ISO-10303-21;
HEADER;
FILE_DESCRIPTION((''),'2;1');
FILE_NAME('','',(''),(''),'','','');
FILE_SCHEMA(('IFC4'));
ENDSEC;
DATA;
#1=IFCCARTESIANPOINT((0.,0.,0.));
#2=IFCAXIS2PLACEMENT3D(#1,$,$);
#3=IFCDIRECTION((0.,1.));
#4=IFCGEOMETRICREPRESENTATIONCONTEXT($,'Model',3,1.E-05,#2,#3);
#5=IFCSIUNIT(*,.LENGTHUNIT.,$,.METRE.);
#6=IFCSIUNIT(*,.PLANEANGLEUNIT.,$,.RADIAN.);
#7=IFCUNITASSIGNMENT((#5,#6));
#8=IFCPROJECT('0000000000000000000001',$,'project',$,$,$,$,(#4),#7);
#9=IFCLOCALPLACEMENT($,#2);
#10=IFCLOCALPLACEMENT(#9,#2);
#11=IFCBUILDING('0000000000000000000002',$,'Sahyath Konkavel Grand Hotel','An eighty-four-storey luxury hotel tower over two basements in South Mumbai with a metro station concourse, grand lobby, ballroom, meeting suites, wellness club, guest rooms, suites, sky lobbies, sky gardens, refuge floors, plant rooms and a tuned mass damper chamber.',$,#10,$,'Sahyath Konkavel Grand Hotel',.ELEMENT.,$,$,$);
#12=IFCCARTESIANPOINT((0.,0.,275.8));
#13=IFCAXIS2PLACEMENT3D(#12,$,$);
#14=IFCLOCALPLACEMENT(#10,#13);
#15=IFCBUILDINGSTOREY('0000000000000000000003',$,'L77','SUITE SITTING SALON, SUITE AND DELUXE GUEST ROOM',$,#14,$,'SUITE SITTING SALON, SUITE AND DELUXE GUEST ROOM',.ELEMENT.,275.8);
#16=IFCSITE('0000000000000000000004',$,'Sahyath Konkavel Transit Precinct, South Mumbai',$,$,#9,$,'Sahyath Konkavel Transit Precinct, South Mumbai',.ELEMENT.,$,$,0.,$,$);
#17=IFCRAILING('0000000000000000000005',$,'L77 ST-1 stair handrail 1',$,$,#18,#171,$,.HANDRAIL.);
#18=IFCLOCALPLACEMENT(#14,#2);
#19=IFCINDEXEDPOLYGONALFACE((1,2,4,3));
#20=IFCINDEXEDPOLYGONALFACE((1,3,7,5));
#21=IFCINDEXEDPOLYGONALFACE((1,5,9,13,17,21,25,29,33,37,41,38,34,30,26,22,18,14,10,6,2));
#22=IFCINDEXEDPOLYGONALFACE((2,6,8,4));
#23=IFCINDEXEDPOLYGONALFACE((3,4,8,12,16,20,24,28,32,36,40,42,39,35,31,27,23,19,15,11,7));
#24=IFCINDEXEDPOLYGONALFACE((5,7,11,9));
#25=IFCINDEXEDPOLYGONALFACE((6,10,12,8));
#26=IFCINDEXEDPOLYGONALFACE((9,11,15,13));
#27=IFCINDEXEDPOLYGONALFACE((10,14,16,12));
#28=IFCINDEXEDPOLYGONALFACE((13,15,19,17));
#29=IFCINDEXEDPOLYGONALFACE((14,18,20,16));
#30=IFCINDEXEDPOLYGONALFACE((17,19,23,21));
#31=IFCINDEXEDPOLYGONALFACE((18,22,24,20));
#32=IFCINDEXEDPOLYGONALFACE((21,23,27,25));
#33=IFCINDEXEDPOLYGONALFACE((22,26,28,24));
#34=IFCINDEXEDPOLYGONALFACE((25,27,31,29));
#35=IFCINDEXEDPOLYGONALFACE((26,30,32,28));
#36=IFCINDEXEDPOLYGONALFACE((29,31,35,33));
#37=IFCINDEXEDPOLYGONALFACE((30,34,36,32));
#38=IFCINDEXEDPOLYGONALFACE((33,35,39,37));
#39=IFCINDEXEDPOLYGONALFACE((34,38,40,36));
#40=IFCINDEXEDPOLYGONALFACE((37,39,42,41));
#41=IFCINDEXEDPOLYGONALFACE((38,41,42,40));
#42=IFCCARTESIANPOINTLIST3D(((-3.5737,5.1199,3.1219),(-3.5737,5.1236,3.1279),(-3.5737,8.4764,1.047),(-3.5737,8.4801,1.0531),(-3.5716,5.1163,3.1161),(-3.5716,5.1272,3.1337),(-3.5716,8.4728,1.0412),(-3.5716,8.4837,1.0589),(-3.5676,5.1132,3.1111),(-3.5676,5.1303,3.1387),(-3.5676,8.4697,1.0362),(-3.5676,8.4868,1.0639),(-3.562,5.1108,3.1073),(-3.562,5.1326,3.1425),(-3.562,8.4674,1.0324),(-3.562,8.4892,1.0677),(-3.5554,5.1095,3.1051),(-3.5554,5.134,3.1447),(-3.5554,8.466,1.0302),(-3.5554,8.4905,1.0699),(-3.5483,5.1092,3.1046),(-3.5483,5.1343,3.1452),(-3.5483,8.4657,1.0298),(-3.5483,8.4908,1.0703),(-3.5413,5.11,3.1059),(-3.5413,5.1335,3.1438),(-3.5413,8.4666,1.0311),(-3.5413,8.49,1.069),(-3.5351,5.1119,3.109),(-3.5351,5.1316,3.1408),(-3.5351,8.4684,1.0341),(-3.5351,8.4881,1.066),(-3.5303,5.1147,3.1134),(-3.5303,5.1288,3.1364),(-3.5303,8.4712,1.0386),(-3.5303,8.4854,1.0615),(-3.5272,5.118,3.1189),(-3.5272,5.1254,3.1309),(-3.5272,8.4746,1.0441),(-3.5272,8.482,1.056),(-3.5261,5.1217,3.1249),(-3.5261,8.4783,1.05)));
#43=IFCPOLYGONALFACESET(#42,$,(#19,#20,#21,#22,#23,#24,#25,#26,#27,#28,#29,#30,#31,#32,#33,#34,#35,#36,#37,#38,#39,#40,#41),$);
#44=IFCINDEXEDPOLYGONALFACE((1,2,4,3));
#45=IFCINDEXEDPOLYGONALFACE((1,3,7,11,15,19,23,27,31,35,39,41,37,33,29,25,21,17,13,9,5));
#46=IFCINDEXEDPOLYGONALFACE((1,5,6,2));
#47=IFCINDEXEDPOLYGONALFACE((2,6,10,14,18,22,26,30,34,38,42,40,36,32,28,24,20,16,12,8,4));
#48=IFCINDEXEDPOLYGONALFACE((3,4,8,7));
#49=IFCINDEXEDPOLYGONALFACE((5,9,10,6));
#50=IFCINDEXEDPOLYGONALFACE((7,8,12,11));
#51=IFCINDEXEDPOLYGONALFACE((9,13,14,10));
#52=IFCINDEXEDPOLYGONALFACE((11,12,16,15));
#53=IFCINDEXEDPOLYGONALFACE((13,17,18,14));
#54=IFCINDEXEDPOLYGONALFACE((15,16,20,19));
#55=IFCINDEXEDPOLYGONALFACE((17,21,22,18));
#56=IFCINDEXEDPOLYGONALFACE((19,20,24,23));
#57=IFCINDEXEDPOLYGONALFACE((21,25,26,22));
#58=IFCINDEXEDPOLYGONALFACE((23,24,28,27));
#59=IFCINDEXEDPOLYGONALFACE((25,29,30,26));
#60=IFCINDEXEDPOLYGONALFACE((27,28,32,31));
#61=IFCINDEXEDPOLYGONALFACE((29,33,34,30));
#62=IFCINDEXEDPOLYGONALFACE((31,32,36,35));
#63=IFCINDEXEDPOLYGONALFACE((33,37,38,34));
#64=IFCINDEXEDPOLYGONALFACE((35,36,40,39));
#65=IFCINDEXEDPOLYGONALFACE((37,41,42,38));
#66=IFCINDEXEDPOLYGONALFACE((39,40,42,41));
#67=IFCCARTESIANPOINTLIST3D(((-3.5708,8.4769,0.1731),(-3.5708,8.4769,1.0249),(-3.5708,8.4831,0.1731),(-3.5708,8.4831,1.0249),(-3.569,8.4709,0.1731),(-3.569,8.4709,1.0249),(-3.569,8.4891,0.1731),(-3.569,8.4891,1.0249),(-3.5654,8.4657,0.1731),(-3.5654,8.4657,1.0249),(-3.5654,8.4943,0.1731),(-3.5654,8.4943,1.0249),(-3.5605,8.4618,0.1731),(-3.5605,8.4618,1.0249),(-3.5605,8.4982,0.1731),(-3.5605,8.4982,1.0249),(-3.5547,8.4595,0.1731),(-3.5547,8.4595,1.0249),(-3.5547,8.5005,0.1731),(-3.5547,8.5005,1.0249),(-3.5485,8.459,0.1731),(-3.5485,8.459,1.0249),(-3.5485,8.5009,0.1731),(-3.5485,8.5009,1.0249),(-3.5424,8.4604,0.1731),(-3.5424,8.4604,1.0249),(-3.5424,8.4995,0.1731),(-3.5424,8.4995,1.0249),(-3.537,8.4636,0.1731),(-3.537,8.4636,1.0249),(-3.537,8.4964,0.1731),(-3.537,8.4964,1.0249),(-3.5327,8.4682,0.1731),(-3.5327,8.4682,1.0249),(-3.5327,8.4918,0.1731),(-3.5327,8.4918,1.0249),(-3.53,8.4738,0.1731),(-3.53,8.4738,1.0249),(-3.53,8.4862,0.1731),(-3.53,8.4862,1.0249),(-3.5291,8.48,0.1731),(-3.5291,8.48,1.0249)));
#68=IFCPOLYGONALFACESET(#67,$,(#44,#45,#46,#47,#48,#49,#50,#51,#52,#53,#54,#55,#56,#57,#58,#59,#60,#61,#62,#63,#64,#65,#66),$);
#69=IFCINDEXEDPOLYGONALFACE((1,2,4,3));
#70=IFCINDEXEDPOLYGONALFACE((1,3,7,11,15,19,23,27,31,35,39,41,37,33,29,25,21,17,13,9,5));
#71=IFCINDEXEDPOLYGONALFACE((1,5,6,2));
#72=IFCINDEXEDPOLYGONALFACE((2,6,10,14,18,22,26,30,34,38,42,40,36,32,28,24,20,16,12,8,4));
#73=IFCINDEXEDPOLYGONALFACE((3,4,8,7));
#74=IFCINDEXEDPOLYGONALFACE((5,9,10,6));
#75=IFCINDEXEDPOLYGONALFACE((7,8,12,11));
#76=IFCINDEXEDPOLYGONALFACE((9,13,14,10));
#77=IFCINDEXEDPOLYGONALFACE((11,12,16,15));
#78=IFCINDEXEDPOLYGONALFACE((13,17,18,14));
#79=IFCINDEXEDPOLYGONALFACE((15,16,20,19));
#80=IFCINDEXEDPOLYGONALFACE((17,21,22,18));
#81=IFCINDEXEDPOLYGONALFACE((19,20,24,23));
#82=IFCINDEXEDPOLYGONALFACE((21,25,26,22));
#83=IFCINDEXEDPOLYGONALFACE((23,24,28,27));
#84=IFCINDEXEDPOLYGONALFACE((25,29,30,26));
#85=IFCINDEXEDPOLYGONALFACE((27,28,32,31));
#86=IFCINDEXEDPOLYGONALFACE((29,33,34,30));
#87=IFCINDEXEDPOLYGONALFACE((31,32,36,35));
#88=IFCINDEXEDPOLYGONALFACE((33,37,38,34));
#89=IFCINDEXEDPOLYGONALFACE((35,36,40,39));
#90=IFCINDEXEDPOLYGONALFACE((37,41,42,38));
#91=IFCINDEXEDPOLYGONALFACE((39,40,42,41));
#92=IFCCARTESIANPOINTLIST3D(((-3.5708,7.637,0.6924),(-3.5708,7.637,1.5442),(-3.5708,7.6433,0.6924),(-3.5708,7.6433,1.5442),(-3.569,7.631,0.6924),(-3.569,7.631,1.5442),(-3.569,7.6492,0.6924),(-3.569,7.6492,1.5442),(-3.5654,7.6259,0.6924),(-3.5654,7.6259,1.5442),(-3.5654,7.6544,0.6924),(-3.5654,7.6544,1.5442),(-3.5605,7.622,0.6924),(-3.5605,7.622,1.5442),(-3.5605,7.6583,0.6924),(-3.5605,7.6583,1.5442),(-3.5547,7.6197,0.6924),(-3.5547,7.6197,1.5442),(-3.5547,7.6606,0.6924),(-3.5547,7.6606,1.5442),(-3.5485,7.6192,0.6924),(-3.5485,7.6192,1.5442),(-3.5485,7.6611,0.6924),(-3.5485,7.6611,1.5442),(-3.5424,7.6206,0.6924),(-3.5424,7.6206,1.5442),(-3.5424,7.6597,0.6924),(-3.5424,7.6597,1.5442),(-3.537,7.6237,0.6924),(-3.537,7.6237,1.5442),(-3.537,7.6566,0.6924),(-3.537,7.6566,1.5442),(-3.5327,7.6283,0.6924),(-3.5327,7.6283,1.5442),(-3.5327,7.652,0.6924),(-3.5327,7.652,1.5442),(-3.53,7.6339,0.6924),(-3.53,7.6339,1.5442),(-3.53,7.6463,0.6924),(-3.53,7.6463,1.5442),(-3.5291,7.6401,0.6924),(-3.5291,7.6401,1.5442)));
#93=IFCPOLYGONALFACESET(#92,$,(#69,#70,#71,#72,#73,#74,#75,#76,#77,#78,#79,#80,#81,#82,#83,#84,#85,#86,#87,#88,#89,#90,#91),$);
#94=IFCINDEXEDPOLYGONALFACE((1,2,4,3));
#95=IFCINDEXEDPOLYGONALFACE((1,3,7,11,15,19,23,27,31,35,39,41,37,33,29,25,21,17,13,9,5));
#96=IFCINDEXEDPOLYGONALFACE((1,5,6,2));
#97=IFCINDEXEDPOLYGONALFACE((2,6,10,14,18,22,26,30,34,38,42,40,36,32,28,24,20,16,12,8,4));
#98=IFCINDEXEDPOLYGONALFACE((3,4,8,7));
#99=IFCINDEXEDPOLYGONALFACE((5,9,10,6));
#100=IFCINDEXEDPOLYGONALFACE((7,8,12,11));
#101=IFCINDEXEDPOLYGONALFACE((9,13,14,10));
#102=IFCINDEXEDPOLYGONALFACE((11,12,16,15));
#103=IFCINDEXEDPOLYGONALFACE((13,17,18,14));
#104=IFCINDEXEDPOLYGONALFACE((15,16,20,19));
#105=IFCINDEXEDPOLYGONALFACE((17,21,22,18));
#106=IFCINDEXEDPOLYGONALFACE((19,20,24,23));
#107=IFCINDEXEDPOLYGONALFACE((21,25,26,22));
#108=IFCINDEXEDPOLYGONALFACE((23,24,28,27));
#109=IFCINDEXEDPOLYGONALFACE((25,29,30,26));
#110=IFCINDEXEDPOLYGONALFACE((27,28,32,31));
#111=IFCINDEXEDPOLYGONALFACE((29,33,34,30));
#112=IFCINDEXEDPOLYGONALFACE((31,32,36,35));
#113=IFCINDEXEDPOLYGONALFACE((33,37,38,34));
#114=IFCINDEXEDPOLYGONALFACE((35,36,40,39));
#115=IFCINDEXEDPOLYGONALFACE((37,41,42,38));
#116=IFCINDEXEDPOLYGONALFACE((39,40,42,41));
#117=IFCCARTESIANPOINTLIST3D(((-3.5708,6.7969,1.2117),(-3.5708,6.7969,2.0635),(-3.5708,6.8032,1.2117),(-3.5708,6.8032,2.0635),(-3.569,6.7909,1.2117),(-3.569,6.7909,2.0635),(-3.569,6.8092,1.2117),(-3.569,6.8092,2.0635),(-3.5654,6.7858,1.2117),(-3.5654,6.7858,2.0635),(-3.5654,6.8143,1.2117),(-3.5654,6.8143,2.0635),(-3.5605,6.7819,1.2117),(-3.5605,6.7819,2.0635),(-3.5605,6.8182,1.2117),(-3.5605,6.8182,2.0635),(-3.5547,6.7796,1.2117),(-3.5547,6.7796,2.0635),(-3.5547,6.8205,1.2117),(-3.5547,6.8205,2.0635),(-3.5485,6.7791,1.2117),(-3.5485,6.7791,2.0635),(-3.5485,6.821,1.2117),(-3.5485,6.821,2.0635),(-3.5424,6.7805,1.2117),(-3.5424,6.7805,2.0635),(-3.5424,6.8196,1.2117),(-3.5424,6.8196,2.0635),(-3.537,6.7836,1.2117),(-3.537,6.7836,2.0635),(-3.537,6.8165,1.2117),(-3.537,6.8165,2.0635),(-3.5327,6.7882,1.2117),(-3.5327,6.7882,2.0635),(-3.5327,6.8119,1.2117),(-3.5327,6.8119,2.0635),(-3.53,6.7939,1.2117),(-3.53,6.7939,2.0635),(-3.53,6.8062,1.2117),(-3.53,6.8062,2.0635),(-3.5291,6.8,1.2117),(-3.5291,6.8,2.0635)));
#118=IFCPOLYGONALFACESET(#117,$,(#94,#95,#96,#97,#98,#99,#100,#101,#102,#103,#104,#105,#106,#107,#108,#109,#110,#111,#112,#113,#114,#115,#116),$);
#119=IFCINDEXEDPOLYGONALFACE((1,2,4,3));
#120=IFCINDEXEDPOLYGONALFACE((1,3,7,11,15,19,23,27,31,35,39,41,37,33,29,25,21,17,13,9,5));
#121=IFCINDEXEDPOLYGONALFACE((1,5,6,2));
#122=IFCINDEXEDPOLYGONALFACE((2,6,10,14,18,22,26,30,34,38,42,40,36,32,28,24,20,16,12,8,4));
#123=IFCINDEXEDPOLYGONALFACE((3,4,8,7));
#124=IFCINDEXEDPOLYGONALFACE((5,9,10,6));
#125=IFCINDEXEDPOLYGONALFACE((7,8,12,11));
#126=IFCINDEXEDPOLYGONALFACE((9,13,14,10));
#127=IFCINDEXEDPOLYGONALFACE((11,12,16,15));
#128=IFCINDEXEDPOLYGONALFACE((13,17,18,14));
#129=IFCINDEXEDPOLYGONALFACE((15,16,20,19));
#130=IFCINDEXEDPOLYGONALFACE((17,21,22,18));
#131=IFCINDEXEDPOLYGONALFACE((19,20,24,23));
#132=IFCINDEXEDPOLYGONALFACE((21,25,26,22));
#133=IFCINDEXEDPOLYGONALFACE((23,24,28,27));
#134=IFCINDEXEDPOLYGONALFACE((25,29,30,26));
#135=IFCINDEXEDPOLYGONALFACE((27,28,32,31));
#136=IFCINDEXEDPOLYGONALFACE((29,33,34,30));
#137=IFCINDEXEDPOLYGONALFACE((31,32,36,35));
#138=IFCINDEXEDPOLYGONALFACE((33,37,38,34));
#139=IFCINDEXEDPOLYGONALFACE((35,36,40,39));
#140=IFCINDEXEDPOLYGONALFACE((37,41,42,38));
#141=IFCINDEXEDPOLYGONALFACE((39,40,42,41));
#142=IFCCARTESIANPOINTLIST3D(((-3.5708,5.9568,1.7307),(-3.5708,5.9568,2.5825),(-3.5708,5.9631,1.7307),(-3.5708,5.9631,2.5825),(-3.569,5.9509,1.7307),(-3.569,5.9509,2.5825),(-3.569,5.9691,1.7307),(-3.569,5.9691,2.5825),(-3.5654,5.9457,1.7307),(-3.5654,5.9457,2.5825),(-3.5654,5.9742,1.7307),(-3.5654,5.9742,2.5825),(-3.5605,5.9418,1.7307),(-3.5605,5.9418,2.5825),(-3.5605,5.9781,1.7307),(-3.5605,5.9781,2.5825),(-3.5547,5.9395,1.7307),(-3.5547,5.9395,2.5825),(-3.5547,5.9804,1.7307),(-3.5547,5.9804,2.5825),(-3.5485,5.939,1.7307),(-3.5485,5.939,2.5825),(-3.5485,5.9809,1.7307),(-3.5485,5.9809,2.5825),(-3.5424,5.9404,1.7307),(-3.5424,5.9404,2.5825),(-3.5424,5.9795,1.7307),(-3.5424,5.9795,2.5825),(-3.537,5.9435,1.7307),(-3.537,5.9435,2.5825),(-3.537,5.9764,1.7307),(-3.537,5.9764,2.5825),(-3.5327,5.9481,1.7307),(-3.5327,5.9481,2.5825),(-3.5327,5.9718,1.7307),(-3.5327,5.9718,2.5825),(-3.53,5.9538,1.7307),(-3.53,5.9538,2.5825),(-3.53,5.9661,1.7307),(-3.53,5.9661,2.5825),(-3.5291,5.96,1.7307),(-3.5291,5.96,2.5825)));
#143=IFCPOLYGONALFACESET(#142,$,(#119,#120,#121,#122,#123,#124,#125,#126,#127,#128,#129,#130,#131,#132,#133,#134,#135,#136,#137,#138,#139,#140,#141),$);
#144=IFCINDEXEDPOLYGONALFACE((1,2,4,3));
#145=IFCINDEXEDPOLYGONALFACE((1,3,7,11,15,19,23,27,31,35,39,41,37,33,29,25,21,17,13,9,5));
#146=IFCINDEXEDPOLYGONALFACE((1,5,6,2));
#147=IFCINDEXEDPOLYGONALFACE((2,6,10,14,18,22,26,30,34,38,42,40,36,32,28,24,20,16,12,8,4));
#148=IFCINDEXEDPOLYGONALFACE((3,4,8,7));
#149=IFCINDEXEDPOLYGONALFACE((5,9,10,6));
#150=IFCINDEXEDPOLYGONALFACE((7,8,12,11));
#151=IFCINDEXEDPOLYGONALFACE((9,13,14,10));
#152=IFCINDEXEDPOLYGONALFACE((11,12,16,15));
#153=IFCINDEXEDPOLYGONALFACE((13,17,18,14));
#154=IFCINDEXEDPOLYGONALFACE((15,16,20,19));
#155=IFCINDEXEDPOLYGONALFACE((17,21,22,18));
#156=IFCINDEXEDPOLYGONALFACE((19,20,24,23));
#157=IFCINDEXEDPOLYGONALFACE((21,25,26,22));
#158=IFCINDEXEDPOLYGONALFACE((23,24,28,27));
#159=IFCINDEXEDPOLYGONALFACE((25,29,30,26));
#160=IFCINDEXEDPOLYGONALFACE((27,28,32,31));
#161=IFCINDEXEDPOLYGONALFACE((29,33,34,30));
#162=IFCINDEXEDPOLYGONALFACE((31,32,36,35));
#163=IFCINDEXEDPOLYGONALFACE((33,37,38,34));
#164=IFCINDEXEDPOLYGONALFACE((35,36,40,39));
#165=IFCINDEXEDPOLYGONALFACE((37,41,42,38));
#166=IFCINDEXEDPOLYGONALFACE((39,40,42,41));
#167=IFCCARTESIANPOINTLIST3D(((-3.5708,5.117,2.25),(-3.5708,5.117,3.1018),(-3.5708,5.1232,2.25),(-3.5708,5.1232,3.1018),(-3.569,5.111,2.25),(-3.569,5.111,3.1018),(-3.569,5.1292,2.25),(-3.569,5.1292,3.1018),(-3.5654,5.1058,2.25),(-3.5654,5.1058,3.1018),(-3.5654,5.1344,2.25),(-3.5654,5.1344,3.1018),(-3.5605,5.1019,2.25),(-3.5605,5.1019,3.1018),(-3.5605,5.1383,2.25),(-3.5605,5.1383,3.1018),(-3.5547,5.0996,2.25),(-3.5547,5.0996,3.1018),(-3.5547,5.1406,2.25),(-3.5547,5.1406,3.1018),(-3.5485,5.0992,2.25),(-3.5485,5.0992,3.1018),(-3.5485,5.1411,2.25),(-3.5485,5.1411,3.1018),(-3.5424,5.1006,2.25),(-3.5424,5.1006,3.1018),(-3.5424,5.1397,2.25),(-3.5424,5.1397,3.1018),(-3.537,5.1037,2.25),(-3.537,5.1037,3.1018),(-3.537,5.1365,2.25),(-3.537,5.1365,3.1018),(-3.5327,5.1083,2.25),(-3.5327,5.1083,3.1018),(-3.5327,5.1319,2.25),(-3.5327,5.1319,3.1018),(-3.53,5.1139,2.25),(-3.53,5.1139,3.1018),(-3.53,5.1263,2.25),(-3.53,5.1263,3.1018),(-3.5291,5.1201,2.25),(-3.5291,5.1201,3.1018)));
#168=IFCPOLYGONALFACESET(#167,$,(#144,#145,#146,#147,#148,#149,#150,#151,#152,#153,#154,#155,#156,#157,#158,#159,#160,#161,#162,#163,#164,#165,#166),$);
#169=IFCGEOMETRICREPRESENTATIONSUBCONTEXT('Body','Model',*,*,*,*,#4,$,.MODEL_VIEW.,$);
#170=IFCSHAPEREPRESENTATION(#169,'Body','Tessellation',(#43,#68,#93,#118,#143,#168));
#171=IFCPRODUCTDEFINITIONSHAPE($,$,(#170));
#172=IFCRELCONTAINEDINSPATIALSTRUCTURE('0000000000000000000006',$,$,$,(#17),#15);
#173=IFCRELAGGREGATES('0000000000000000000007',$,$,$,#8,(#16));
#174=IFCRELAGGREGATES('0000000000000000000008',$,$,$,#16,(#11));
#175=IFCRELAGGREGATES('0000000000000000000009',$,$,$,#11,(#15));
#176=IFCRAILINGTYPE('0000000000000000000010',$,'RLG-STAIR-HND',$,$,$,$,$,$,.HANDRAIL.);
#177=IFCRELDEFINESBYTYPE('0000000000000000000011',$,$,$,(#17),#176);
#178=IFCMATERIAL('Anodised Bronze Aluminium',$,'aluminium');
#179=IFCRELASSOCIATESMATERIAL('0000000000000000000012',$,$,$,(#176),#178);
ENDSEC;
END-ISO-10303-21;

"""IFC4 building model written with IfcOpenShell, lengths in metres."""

from ifc_helpers import new_model, si_unit, direction, frame, origin, origin_2d, place, context, subcontext, project, spatial, circle, extrude, material, type_object, element, save


model = new_model("IFC4")

# Units and contexts
model_context = context("Model", 3, precision=1e-05, world=origin(), true_north=direction((0.0, 1.0)))
body_context = subcontext(model_context, "Body", "Model", "MODEL_VIEW")
ifc_project = project(units=[si_unit("LENGTHUNIT", "METRE"), si_unit("PLANEANGLEUNIT", "RADIAN")], contexts=[model_context])

# Site, building, storey
site_placement = place(None, origin())
site = spatial("IfcSite", under=ifc_project, at=site_placement, Name="Sahyath Konkavel Transit Precinct, South Mumbai", LongName="Sahyath Konkavel Transit Precinct, South Mumbai", CompositionType="ELEMENT", RefElevation=0.0)
building_placement = place(site_placement, origin())
building = spatial("IfcBuilding", under=site, at=building_placement, Name="Sahyath Konkavel Grand Hotel", Description="An eighty-four-storey luxury hotel tower over two basements in South Mumbai with a metro station concourse, grand lobby, ballroom, meeting suites, wellness club, guest rooms, suites, sky lobbies, sky gardens, refuge floors, plant rooms and a tuned mass damper chamber.", LongName="Sahyath Konkavel Grand Hotel", CompositionType="ELEMENT")
storey_placement = place(building_placement, frame((0.0, 0.0, 275.8)))
storey = spatial("IfcBuildingStorey", under=building, at=storey_placement, Name="L77", Description="SUITE SITTING SALON, SUITE AND DELUXE GUEST ROOM", LongName="SUITE SITTING SALON, SUITE AND DELUXE GUEST ROOM", CompositionType="ELEMENT", Elevation=275.8)

# Shared definitions
ifc_material_1 = material(Name="Anodised Bronze Aluminium", Category="aluminium")

# Railing
railing_type_1 = type_object("IfcRailingType", Name="RLG-STAIR-HND", PredefinedType="HANDRAIL", material=ifc_material_1)
railing_1_placement = place(storey_placement, frame((-3.55, 8.48, 0.1731)))
element("IfcRailing", 1, at=railing_1_placement, inside=storey, type_object=railing_type_1, Name="L77 ST-1 stair handrail 1", PredefinedType="HANDRAIL", context=body_context, shape_type="SweptSolid", body=[
    extrude(circle(Radius=0.0239, at=origin_2d()), frame((0.0, -0.0017, 0.877), z_axis=(0.0, -0.850606, 0.525803), x_axis=(1.0, 0.0, 0.0)), (0.0, 0.0, 1.0), 3.946),
    extrude(circle(Radius=0.021, at=origin_2d()), origin(), (0.0, 0.0, 1.0), 0.8518),
    extrude(circle(Radius=0.021, at=origin_2d()), frame((0.0, -0.8398, 0.5193)), (0.0, 0.0, 1.0), 0.8518),
    extrude(circle(Radius=0.021, at=origin_2d()), frame((0.0, -1.6799, 1.0386)), (0.0, 0.0, 1.0), 0.8518),
    extrude(circle(Radius=0.021, at=origin_2d()), frame((0.0, -2.52, 1.5576)), (0.0, 0.0, 1.0), 0.8518),
    extrude(circle(Radius=0.021, at=origin_2d()), frame((0.0, -3.3599, 2.0769)), (0.0, 0.0, 1.0), 0.8518),
])

save(model, "model.ifc")
